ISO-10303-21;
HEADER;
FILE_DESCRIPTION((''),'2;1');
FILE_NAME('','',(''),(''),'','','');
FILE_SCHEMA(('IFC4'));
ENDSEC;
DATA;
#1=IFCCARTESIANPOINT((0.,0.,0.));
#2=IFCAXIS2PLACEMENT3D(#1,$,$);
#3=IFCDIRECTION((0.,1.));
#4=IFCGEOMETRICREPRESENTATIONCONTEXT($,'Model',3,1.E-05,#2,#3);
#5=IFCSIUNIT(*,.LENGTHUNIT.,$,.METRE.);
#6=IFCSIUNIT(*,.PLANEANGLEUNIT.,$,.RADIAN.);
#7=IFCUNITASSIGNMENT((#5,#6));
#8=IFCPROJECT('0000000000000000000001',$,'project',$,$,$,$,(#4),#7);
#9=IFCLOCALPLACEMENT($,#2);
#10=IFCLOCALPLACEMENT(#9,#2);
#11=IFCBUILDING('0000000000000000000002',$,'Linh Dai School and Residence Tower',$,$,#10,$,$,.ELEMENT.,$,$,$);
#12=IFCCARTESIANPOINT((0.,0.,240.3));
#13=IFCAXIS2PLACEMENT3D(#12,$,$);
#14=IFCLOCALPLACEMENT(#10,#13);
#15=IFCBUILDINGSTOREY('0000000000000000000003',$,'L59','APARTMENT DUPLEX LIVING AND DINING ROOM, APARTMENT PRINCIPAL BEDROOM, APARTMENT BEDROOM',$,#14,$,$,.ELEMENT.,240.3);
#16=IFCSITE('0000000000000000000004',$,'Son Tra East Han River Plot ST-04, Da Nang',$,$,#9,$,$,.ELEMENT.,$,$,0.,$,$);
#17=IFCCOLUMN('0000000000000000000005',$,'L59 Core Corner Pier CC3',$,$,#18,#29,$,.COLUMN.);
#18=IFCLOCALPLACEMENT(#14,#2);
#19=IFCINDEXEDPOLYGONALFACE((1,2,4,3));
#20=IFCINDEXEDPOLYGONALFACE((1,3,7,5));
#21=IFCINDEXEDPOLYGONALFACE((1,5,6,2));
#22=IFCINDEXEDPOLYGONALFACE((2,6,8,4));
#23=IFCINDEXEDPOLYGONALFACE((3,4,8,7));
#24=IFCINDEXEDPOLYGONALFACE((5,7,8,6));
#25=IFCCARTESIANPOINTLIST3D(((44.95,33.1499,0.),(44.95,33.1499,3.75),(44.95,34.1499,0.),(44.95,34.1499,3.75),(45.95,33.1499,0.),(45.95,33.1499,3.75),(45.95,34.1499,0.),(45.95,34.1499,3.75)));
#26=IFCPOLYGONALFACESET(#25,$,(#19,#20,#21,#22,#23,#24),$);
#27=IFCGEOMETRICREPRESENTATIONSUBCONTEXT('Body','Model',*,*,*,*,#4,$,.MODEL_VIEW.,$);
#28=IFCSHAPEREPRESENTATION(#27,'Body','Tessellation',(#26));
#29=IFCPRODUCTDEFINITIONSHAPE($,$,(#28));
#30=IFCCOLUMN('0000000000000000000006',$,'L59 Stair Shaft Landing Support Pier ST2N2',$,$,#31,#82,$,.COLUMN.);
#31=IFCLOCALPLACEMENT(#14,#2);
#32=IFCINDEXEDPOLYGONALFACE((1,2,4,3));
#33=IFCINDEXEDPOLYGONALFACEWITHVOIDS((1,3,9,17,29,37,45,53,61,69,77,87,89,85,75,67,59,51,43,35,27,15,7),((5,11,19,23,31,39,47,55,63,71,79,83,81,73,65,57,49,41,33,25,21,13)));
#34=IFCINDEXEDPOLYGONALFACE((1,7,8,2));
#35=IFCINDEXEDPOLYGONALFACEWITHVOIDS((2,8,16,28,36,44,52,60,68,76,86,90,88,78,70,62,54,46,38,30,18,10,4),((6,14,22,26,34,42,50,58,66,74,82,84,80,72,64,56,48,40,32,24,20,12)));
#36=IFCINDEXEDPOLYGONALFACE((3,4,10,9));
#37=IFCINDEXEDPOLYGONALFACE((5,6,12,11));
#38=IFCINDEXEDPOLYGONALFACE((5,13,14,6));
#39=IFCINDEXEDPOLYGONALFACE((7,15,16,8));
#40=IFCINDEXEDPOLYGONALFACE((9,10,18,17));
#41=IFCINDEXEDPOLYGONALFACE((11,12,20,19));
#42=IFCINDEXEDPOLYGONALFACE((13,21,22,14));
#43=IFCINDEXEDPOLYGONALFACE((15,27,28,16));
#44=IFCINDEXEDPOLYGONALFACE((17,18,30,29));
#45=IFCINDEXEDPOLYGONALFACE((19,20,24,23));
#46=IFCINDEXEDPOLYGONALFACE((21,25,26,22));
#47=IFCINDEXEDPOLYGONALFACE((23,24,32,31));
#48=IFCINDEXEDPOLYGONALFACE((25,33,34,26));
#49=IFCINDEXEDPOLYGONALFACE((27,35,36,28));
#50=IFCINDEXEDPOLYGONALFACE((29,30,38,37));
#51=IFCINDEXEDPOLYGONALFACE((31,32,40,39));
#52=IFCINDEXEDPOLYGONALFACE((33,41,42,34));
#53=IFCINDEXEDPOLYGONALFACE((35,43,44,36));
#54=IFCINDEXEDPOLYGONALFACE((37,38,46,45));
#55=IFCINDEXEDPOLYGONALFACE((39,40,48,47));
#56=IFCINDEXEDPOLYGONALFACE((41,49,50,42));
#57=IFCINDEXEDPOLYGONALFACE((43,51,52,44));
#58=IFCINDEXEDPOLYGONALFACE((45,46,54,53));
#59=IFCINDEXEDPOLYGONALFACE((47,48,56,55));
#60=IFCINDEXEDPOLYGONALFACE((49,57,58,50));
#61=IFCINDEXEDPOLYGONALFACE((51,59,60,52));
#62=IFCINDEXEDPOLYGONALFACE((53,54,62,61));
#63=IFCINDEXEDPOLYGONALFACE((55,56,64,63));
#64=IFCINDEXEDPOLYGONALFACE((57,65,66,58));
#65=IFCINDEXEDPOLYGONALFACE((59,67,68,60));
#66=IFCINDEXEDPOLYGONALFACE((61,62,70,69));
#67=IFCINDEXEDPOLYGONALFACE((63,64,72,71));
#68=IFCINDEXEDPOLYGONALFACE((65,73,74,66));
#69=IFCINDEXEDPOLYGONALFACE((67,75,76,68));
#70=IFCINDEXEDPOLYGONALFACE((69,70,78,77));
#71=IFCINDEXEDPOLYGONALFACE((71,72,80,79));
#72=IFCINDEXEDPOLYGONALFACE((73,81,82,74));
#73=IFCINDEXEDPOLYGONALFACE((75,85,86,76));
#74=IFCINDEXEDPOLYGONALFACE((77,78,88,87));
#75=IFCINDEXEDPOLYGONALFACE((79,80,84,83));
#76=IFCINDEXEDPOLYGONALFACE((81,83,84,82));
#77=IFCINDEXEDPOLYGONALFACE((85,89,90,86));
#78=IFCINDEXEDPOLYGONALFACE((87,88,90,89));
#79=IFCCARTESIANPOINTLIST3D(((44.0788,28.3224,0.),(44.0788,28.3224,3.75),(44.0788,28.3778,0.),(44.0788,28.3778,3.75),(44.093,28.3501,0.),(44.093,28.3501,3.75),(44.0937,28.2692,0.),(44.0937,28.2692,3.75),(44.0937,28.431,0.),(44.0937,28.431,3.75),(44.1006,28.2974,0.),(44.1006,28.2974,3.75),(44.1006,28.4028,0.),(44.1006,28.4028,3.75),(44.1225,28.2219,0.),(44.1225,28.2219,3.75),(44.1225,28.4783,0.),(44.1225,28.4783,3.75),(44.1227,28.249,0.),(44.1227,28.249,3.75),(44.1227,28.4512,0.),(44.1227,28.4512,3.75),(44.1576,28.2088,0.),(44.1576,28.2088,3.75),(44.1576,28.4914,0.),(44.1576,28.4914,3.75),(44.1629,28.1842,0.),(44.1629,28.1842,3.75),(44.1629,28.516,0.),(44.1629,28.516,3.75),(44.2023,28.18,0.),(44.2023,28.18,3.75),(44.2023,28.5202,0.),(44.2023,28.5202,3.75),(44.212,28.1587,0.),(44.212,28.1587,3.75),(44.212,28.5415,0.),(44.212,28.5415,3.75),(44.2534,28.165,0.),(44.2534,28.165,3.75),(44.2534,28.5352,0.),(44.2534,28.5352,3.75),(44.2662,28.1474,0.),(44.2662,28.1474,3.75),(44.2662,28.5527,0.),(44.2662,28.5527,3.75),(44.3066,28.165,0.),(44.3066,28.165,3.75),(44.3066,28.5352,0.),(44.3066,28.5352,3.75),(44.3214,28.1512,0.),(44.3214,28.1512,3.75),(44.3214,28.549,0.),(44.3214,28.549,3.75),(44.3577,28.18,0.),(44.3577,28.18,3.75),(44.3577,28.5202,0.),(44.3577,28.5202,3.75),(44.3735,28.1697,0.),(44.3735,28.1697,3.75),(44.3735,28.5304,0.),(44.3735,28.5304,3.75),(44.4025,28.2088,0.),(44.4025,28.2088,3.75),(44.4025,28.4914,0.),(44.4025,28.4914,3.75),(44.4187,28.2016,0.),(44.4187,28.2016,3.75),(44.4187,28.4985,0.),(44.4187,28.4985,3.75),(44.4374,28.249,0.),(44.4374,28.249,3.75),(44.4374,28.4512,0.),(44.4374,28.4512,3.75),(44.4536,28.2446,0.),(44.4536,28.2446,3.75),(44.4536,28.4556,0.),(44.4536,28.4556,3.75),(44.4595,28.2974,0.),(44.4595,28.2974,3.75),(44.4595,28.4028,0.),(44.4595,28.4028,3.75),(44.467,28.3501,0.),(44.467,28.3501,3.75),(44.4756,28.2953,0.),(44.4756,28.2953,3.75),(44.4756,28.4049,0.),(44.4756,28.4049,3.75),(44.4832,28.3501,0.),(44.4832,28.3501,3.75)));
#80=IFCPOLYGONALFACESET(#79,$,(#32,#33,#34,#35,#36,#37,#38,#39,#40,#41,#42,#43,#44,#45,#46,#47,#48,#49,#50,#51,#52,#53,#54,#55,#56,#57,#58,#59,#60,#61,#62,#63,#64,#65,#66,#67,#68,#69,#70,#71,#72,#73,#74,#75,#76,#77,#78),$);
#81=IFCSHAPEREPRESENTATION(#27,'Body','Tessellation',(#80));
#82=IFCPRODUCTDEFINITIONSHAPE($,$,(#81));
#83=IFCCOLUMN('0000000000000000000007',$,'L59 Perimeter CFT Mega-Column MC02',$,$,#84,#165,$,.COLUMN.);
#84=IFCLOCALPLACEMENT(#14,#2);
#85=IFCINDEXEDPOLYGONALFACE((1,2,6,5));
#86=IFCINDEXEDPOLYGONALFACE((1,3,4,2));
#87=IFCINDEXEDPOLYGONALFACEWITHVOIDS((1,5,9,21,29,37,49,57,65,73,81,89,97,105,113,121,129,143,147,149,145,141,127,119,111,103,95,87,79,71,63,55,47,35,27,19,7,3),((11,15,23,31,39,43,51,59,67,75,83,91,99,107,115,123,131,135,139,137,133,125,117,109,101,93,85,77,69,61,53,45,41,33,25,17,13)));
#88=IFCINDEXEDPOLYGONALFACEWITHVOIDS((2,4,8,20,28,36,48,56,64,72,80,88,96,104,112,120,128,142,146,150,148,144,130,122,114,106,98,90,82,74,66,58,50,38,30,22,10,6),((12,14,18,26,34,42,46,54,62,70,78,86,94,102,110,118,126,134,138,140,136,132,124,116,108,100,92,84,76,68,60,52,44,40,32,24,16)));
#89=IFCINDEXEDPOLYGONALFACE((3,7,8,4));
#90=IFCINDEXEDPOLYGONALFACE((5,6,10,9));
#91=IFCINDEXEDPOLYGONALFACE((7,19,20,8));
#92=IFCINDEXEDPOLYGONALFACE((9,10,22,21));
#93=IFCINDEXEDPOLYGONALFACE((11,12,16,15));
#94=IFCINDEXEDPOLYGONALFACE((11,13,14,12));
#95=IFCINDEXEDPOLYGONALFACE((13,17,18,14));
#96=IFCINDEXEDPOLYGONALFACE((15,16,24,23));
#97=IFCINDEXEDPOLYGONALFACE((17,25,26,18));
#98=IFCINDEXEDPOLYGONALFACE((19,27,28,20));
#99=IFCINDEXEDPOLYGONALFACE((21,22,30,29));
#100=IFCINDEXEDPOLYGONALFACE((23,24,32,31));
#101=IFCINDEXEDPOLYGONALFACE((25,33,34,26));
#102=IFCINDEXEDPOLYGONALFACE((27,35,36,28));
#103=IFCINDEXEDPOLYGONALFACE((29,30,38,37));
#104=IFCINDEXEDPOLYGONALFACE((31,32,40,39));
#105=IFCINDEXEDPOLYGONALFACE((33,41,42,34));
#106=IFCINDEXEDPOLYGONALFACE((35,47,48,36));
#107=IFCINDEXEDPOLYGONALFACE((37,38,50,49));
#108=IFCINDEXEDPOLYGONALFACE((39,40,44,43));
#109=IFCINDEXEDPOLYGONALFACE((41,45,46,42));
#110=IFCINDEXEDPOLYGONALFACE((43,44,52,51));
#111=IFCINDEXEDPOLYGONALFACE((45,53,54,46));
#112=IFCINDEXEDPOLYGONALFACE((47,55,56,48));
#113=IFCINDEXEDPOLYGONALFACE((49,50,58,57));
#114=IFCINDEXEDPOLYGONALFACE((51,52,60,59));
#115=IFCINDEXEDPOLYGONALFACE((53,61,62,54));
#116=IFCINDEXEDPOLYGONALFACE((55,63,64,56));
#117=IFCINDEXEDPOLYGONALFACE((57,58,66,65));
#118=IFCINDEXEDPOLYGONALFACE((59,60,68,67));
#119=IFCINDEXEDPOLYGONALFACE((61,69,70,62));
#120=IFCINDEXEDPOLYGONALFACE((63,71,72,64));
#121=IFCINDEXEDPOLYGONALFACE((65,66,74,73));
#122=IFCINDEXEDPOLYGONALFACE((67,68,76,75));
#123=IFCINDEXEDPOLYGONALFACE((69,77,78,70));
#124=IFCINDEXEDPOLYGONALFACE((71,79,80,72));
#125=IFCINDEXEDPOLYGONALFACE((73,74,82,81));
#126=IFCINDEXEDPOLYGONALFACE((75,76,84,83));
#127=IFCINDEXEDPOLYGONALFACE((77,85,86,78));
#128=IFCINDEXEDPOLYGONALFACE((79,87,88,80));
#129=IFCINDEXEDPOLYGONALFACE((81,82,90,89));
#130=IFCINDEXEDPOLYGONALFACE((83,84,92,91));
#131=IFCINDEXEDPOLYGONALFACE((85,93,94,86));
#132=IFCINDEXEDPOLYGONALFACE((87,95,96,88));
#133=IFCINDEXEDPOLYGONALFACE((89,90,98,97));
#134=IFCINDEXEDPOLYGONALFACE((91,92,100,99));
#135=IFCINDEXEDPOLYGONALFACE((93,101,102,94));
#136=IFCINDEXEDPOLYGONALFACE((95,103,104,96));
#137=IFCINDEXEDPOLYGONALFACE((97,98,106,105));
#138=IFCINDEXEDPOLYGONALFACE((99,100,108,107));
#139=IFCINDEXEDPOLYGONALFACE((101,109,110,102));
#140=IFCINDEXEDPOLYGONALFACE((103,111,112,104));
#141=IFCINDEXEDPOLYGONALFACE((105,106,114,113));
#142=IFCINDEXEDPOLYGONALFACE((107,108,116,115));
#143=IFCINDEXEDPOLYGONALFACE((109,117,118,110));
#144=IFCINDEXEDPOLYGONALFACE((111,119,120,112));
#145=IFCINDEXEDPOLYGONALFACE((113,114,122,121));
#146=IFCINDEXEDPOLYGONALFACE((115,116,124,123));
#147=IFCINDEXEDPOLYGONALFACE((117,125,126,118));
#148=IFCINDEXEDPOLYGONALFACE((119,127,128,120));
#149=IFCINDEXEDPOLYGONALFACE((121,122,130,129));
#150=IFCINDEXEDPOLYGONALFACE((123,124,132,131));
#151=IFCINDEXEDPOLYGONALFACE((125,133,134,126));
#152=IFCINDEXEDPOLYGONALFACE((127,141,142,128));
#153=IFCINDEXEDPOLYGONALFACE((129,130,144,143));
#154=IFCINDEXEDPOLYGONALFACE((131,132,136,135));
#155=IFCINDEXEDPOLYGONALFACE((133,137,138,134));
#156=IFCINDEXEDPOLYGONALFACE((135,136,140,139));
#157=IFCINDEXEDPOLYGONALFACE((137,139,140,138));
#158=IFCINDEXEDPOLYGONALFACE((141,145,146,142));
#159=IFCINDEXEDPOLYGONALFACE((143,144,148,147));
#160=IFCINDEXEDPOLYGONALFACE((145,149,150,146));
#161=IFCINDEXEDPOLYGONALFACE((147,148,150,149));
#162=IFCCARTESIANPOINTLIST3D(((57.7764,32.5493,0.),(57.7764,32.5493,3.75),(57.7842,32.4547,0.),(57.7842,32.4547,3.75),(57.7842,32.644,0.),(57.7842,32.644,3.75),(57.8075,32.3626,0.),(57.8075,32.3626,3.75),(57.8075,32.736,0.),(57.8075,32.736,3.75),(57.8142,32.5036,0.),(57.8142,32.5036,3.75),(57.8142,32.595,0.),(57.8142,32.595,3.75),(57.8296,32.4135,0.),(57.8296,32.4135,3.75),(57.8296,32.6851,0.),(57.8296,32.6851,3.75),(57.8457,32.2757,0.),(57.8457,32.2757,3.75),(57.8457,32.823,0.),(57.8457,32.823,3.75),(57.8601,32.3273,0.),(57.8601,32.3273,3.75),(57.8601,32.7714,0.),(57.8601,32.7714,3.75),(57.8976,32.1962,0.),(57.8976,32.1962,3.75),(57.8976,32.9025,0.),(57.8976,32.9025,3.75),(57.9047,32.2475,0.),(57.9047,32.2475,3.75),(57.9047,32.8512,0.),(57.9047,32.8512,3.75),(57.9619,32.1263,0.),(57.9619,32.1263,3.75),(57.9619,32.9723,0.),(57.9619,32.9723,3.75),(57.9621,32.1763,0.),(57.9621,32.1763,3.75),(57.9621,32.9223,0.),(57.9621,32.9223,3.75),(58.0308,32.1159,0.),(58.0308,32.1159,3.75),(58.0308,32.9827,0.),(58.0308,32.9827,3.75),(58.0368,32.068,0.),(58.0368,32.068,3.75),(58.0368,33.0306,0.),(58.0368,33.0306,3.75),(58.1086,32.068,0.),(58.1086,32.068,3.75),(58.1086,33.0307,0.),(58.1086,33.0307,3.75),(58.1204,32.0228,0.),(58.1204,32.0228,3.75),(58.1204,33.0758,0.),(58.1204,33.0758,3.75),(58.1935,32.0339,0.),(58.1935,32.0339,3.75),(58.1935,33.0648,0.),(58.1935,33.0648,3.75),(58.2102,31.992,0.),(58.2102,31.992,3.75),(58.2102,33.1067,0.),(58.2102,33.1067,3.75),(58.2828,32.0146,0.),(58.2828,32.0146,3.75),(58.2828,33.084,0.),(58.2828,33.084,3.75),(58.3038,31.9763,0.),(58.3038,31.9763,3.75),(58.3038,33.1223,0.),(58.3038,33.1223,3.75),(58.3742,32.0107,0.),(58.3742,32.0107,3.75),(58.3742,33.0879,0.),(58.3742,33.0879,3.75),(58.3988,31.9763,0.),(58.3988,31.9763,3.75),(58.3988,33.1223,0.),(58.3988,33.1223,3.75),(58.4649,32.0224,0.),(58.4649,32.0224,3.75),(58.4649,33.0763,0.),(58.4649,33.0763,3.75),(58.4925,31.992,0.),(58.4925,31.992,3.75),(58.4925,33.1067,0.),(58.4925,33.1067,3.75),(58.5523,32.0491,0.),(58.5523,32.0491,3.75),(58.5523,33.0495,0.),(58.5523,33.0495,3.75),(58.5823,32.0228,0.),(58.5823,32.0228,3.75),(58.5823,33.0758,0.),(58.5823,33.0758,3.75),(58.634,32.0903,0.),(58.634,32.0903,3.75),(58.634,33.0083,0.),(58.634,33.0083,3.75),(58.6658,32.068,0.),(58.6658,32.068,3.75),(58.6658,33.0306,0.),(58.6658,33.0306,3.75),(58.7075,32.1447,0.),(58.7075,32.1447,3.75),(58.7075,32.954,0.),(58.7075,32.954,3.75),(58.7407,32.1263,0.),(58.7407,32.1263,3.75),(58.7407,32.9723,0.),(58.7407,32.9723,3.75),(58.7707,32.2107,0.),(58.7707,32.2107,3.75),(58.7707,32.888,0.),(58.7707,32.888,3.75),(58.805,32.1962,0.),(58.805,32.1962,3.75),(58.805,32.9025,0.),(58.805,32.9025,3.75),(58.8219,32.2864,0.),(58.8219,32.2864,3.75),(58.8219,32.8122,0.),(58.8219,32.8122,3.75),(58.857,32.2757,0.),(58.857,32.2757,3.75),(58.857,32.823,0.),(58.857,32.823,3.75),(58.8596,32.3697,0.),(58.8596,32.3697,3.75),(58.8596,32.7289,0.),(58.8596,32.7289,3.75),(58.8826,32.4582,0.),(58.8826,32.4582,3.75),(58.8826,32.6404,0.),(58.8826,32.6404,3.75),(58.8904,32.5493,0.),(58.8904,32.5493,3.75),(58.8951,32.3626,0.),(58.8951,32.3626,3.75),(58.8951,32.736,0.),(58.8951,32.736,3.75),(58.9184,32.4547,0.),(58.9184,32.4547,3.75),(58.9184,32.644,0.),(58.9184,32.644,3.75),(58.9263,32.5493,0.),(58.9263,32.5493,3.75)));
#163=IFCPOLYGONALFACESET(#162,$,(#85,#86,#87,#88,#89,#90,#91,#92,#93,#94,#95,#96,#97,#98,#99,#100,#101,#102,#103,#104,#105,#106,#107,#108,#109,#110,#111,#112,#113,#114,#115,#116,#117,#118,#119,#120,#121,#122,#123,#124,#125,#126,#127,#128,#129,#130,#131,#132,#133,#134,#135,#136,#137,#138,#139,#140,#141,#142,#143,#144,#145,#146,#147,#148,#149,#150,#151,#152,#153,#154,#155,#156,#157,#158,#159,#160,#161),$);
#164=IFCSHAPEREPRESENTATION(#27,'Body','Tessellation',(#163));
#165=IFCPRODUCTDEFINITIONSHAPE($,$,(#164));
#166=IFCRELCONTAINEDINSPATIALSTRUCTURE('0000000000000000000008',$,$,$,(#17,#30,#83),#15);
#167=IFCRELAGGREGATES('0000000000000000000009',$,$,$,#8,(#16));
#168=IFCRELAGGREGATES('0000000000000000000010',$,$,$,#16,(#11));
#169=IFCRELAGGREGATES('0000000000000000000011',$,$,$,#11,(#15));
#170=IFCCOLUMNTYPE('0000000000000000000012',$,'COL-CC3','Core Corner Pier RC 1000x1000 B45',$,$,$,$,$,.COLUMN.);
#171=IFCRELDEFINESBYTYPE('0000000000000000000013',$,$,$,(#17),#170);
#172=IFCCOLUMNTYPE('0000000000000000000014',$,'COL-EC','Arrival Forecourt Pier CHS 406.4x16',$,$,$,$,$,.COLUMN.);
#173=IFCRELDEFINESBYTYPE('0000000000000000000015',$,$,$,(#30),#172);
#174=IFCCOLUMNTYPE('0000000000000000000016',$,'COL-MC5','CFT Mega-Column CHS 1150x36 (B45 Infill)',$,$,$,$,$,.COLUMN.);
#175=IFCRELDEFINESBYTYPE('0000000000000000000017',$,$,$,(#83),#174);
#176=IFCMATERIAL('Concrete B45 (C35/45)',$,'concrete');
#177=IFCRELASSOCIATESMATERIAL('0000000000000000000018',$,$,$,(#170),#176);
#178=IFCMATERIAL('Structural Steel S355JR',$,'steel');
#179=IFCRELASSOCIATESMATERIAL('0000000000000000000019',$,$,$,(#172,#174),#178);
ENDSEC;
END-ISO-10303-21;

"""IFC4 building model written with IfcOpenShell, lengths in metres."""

from ifc_helpers import new_model, si_unit, direction, frame, origin, origin_2d, place, context, subcontext, project, spatial, rectangle, hollow_circle, extrude, material, material_profile, profile_set, type_object, element, save


model = new_model("IFC4")

# Units and contexts
model_context = context("Model", 3, precision=1e-05, world=origin(), true_north=direction((0.0, 1.0)))
body_context = subcontext(model_context, "Body", "Model", "MODEL_VIEW")
ifc_project = project(units=[si_unit("LENGTHUNIT", "METRE"), si_unit("PLANEANGLEUNIT", "RADIAN")], contexts=[model_context])

# Site, building, storey
site_placement = place(None, origin())
site = spatial("IfcSite", under=ifc_project, at=site_placement, Name="Son Tra East Han River Plot ST-04, Da Nang", CompositionType="ELEMENT", RefElevation=0.0)
building_placement = place(site_placement, origin())
building = spatial("IfcBuilding", under=site, at=building_placement, Name="Linh Dai School and Residence Tower", CompositionType="ELEMENT")
storey_placement = place(building_placement, frame((0.0, 0.0, 240.3)))
storey = spatial("IfcBuildingStorey", under=building, at=storey_placement, Name="L59", Description="APARTMENT DUPLEX LIVING AND DINING ROOM, APARTMENT PRINCIPAL BEDROOM, APARTMENT BEDROOM", CompositionType="ELEMENT", Elevation=240.3)

# Columns
ifc_material_1 = material(Name="Concrete B45 (C35/45)", Category="concrete")
ifc_material_profile_1 = material_profile(ifc_material_1, rectangle(XDim=1.0, YDim=1.0, at=origin_2d()), Name="RC 1000x1000")
ifc_profile_set_1 = profile_set([ifc_material_profile_1], Name="Concrete B45 (C35/45)")
column_type_1 = type_object("IfcColumnType", Name="COL-CC3", Description="Core Corner Pier RC 1000x1000 B45", PredefinedType="COLUMN", material=ifc_profile_set_1)
column_1_placement = place(storey_placement, frame((45.45, 33.6499, 0.0), z_axis=(0.0, 0.0, 1.0), x_axis=(1.0, 0.0, 0.0)))
element("IfcColumn", 1, at=column_1_placement, inside=storey, type_object=column_type_1, Name="L59 Core Corner Pier CC3", PredefinedType="COLUMN", context=body_context, shape_type="SweptSolid", body=[
    extrude(rectangle(XDim=1.0, YDim=1.0, at=origin_2d()), origin(), (0.0, 0.0, 1.0), 3.75),
])
ifc_material_2 = material(Name="Structural Steel S355JR", Category="steel")
ifc_material_profile_2 = material_profile(ifc_material_2, hollow_circle(Radius=0.2031, WallThickness=0.0161, at=origin_2d()), Name="CHS 406.4x16")
ifc_profile_set_2 = profile_set([ifc_material_profile_2], Name="Structural Steel S355JR")
column_type_2 = type_object("IfcColumnType", Name="COL-EC", Description="Arrival Forecourt Pier CHS 406.4x16", PredefinedType="COLUMN", material=ifc_profile_set_2)
column_2_placement = place(storey_placement, frame((44.28, 28.3501, 0.0), z_axis=(0.0, 0.0, 1.0), x_axis=(1.0, 0.0, 0.0)))
element("IfcColumn", 2, at=column_2_placement, inside=storey, type_object=column_type_2, Name="L59 Stair Shaft Landing Support Pier ST2N2", PredefinedType="COLUMN", context=body_context, shape_type="SweptSolid", body=[
    extrude(hollow_circle(Radius=0.2031, WallThickness=0.0161, at=origin_2d()), origin(), (0.0, 0.0, 1.0), 3.75),
])
ifc_material_profile_3 = material_profile(ifc_material_2, hollow_circle(Radius=0.575, WallThickness=0.0359, at=origin_2d()), Name="CHS 1150x36")
ifc_profile_set_3 = profile_set([ifc_material_profile_3], Name="Structural Steel S355JR")
column_type_3 = type_object("IfcColumnType", Name="COL-MC5", Description="CFT Mega-Column CHS 1150x36 (B45 Infill)", PredefinedType="COLUMN", material=ifc_profile_set_3)
column_3_placement = place(storey_placement, frame((58.3513, 32.5493, 0.0), z_axis=(0.0, 0.0, 1.0), x_axis=(1.0, 0.0, 0.0)))
element("IfcColumn", 3, at=column_3_placement, inside=storey, type_object=column_type_3, Name="L59 Perimeter CFT Mega-Column MC02", PredefinedType="COLUMN", context=body_context, shape_type="SweptSolid", body=[
    extrude(hollow_circle(Radius=0.575, WallThickness=0.0359, at=origin_2d()), origin(), (0.0, 0.0, 1.0), 3.75),
])

save(model, "model.ifc")
